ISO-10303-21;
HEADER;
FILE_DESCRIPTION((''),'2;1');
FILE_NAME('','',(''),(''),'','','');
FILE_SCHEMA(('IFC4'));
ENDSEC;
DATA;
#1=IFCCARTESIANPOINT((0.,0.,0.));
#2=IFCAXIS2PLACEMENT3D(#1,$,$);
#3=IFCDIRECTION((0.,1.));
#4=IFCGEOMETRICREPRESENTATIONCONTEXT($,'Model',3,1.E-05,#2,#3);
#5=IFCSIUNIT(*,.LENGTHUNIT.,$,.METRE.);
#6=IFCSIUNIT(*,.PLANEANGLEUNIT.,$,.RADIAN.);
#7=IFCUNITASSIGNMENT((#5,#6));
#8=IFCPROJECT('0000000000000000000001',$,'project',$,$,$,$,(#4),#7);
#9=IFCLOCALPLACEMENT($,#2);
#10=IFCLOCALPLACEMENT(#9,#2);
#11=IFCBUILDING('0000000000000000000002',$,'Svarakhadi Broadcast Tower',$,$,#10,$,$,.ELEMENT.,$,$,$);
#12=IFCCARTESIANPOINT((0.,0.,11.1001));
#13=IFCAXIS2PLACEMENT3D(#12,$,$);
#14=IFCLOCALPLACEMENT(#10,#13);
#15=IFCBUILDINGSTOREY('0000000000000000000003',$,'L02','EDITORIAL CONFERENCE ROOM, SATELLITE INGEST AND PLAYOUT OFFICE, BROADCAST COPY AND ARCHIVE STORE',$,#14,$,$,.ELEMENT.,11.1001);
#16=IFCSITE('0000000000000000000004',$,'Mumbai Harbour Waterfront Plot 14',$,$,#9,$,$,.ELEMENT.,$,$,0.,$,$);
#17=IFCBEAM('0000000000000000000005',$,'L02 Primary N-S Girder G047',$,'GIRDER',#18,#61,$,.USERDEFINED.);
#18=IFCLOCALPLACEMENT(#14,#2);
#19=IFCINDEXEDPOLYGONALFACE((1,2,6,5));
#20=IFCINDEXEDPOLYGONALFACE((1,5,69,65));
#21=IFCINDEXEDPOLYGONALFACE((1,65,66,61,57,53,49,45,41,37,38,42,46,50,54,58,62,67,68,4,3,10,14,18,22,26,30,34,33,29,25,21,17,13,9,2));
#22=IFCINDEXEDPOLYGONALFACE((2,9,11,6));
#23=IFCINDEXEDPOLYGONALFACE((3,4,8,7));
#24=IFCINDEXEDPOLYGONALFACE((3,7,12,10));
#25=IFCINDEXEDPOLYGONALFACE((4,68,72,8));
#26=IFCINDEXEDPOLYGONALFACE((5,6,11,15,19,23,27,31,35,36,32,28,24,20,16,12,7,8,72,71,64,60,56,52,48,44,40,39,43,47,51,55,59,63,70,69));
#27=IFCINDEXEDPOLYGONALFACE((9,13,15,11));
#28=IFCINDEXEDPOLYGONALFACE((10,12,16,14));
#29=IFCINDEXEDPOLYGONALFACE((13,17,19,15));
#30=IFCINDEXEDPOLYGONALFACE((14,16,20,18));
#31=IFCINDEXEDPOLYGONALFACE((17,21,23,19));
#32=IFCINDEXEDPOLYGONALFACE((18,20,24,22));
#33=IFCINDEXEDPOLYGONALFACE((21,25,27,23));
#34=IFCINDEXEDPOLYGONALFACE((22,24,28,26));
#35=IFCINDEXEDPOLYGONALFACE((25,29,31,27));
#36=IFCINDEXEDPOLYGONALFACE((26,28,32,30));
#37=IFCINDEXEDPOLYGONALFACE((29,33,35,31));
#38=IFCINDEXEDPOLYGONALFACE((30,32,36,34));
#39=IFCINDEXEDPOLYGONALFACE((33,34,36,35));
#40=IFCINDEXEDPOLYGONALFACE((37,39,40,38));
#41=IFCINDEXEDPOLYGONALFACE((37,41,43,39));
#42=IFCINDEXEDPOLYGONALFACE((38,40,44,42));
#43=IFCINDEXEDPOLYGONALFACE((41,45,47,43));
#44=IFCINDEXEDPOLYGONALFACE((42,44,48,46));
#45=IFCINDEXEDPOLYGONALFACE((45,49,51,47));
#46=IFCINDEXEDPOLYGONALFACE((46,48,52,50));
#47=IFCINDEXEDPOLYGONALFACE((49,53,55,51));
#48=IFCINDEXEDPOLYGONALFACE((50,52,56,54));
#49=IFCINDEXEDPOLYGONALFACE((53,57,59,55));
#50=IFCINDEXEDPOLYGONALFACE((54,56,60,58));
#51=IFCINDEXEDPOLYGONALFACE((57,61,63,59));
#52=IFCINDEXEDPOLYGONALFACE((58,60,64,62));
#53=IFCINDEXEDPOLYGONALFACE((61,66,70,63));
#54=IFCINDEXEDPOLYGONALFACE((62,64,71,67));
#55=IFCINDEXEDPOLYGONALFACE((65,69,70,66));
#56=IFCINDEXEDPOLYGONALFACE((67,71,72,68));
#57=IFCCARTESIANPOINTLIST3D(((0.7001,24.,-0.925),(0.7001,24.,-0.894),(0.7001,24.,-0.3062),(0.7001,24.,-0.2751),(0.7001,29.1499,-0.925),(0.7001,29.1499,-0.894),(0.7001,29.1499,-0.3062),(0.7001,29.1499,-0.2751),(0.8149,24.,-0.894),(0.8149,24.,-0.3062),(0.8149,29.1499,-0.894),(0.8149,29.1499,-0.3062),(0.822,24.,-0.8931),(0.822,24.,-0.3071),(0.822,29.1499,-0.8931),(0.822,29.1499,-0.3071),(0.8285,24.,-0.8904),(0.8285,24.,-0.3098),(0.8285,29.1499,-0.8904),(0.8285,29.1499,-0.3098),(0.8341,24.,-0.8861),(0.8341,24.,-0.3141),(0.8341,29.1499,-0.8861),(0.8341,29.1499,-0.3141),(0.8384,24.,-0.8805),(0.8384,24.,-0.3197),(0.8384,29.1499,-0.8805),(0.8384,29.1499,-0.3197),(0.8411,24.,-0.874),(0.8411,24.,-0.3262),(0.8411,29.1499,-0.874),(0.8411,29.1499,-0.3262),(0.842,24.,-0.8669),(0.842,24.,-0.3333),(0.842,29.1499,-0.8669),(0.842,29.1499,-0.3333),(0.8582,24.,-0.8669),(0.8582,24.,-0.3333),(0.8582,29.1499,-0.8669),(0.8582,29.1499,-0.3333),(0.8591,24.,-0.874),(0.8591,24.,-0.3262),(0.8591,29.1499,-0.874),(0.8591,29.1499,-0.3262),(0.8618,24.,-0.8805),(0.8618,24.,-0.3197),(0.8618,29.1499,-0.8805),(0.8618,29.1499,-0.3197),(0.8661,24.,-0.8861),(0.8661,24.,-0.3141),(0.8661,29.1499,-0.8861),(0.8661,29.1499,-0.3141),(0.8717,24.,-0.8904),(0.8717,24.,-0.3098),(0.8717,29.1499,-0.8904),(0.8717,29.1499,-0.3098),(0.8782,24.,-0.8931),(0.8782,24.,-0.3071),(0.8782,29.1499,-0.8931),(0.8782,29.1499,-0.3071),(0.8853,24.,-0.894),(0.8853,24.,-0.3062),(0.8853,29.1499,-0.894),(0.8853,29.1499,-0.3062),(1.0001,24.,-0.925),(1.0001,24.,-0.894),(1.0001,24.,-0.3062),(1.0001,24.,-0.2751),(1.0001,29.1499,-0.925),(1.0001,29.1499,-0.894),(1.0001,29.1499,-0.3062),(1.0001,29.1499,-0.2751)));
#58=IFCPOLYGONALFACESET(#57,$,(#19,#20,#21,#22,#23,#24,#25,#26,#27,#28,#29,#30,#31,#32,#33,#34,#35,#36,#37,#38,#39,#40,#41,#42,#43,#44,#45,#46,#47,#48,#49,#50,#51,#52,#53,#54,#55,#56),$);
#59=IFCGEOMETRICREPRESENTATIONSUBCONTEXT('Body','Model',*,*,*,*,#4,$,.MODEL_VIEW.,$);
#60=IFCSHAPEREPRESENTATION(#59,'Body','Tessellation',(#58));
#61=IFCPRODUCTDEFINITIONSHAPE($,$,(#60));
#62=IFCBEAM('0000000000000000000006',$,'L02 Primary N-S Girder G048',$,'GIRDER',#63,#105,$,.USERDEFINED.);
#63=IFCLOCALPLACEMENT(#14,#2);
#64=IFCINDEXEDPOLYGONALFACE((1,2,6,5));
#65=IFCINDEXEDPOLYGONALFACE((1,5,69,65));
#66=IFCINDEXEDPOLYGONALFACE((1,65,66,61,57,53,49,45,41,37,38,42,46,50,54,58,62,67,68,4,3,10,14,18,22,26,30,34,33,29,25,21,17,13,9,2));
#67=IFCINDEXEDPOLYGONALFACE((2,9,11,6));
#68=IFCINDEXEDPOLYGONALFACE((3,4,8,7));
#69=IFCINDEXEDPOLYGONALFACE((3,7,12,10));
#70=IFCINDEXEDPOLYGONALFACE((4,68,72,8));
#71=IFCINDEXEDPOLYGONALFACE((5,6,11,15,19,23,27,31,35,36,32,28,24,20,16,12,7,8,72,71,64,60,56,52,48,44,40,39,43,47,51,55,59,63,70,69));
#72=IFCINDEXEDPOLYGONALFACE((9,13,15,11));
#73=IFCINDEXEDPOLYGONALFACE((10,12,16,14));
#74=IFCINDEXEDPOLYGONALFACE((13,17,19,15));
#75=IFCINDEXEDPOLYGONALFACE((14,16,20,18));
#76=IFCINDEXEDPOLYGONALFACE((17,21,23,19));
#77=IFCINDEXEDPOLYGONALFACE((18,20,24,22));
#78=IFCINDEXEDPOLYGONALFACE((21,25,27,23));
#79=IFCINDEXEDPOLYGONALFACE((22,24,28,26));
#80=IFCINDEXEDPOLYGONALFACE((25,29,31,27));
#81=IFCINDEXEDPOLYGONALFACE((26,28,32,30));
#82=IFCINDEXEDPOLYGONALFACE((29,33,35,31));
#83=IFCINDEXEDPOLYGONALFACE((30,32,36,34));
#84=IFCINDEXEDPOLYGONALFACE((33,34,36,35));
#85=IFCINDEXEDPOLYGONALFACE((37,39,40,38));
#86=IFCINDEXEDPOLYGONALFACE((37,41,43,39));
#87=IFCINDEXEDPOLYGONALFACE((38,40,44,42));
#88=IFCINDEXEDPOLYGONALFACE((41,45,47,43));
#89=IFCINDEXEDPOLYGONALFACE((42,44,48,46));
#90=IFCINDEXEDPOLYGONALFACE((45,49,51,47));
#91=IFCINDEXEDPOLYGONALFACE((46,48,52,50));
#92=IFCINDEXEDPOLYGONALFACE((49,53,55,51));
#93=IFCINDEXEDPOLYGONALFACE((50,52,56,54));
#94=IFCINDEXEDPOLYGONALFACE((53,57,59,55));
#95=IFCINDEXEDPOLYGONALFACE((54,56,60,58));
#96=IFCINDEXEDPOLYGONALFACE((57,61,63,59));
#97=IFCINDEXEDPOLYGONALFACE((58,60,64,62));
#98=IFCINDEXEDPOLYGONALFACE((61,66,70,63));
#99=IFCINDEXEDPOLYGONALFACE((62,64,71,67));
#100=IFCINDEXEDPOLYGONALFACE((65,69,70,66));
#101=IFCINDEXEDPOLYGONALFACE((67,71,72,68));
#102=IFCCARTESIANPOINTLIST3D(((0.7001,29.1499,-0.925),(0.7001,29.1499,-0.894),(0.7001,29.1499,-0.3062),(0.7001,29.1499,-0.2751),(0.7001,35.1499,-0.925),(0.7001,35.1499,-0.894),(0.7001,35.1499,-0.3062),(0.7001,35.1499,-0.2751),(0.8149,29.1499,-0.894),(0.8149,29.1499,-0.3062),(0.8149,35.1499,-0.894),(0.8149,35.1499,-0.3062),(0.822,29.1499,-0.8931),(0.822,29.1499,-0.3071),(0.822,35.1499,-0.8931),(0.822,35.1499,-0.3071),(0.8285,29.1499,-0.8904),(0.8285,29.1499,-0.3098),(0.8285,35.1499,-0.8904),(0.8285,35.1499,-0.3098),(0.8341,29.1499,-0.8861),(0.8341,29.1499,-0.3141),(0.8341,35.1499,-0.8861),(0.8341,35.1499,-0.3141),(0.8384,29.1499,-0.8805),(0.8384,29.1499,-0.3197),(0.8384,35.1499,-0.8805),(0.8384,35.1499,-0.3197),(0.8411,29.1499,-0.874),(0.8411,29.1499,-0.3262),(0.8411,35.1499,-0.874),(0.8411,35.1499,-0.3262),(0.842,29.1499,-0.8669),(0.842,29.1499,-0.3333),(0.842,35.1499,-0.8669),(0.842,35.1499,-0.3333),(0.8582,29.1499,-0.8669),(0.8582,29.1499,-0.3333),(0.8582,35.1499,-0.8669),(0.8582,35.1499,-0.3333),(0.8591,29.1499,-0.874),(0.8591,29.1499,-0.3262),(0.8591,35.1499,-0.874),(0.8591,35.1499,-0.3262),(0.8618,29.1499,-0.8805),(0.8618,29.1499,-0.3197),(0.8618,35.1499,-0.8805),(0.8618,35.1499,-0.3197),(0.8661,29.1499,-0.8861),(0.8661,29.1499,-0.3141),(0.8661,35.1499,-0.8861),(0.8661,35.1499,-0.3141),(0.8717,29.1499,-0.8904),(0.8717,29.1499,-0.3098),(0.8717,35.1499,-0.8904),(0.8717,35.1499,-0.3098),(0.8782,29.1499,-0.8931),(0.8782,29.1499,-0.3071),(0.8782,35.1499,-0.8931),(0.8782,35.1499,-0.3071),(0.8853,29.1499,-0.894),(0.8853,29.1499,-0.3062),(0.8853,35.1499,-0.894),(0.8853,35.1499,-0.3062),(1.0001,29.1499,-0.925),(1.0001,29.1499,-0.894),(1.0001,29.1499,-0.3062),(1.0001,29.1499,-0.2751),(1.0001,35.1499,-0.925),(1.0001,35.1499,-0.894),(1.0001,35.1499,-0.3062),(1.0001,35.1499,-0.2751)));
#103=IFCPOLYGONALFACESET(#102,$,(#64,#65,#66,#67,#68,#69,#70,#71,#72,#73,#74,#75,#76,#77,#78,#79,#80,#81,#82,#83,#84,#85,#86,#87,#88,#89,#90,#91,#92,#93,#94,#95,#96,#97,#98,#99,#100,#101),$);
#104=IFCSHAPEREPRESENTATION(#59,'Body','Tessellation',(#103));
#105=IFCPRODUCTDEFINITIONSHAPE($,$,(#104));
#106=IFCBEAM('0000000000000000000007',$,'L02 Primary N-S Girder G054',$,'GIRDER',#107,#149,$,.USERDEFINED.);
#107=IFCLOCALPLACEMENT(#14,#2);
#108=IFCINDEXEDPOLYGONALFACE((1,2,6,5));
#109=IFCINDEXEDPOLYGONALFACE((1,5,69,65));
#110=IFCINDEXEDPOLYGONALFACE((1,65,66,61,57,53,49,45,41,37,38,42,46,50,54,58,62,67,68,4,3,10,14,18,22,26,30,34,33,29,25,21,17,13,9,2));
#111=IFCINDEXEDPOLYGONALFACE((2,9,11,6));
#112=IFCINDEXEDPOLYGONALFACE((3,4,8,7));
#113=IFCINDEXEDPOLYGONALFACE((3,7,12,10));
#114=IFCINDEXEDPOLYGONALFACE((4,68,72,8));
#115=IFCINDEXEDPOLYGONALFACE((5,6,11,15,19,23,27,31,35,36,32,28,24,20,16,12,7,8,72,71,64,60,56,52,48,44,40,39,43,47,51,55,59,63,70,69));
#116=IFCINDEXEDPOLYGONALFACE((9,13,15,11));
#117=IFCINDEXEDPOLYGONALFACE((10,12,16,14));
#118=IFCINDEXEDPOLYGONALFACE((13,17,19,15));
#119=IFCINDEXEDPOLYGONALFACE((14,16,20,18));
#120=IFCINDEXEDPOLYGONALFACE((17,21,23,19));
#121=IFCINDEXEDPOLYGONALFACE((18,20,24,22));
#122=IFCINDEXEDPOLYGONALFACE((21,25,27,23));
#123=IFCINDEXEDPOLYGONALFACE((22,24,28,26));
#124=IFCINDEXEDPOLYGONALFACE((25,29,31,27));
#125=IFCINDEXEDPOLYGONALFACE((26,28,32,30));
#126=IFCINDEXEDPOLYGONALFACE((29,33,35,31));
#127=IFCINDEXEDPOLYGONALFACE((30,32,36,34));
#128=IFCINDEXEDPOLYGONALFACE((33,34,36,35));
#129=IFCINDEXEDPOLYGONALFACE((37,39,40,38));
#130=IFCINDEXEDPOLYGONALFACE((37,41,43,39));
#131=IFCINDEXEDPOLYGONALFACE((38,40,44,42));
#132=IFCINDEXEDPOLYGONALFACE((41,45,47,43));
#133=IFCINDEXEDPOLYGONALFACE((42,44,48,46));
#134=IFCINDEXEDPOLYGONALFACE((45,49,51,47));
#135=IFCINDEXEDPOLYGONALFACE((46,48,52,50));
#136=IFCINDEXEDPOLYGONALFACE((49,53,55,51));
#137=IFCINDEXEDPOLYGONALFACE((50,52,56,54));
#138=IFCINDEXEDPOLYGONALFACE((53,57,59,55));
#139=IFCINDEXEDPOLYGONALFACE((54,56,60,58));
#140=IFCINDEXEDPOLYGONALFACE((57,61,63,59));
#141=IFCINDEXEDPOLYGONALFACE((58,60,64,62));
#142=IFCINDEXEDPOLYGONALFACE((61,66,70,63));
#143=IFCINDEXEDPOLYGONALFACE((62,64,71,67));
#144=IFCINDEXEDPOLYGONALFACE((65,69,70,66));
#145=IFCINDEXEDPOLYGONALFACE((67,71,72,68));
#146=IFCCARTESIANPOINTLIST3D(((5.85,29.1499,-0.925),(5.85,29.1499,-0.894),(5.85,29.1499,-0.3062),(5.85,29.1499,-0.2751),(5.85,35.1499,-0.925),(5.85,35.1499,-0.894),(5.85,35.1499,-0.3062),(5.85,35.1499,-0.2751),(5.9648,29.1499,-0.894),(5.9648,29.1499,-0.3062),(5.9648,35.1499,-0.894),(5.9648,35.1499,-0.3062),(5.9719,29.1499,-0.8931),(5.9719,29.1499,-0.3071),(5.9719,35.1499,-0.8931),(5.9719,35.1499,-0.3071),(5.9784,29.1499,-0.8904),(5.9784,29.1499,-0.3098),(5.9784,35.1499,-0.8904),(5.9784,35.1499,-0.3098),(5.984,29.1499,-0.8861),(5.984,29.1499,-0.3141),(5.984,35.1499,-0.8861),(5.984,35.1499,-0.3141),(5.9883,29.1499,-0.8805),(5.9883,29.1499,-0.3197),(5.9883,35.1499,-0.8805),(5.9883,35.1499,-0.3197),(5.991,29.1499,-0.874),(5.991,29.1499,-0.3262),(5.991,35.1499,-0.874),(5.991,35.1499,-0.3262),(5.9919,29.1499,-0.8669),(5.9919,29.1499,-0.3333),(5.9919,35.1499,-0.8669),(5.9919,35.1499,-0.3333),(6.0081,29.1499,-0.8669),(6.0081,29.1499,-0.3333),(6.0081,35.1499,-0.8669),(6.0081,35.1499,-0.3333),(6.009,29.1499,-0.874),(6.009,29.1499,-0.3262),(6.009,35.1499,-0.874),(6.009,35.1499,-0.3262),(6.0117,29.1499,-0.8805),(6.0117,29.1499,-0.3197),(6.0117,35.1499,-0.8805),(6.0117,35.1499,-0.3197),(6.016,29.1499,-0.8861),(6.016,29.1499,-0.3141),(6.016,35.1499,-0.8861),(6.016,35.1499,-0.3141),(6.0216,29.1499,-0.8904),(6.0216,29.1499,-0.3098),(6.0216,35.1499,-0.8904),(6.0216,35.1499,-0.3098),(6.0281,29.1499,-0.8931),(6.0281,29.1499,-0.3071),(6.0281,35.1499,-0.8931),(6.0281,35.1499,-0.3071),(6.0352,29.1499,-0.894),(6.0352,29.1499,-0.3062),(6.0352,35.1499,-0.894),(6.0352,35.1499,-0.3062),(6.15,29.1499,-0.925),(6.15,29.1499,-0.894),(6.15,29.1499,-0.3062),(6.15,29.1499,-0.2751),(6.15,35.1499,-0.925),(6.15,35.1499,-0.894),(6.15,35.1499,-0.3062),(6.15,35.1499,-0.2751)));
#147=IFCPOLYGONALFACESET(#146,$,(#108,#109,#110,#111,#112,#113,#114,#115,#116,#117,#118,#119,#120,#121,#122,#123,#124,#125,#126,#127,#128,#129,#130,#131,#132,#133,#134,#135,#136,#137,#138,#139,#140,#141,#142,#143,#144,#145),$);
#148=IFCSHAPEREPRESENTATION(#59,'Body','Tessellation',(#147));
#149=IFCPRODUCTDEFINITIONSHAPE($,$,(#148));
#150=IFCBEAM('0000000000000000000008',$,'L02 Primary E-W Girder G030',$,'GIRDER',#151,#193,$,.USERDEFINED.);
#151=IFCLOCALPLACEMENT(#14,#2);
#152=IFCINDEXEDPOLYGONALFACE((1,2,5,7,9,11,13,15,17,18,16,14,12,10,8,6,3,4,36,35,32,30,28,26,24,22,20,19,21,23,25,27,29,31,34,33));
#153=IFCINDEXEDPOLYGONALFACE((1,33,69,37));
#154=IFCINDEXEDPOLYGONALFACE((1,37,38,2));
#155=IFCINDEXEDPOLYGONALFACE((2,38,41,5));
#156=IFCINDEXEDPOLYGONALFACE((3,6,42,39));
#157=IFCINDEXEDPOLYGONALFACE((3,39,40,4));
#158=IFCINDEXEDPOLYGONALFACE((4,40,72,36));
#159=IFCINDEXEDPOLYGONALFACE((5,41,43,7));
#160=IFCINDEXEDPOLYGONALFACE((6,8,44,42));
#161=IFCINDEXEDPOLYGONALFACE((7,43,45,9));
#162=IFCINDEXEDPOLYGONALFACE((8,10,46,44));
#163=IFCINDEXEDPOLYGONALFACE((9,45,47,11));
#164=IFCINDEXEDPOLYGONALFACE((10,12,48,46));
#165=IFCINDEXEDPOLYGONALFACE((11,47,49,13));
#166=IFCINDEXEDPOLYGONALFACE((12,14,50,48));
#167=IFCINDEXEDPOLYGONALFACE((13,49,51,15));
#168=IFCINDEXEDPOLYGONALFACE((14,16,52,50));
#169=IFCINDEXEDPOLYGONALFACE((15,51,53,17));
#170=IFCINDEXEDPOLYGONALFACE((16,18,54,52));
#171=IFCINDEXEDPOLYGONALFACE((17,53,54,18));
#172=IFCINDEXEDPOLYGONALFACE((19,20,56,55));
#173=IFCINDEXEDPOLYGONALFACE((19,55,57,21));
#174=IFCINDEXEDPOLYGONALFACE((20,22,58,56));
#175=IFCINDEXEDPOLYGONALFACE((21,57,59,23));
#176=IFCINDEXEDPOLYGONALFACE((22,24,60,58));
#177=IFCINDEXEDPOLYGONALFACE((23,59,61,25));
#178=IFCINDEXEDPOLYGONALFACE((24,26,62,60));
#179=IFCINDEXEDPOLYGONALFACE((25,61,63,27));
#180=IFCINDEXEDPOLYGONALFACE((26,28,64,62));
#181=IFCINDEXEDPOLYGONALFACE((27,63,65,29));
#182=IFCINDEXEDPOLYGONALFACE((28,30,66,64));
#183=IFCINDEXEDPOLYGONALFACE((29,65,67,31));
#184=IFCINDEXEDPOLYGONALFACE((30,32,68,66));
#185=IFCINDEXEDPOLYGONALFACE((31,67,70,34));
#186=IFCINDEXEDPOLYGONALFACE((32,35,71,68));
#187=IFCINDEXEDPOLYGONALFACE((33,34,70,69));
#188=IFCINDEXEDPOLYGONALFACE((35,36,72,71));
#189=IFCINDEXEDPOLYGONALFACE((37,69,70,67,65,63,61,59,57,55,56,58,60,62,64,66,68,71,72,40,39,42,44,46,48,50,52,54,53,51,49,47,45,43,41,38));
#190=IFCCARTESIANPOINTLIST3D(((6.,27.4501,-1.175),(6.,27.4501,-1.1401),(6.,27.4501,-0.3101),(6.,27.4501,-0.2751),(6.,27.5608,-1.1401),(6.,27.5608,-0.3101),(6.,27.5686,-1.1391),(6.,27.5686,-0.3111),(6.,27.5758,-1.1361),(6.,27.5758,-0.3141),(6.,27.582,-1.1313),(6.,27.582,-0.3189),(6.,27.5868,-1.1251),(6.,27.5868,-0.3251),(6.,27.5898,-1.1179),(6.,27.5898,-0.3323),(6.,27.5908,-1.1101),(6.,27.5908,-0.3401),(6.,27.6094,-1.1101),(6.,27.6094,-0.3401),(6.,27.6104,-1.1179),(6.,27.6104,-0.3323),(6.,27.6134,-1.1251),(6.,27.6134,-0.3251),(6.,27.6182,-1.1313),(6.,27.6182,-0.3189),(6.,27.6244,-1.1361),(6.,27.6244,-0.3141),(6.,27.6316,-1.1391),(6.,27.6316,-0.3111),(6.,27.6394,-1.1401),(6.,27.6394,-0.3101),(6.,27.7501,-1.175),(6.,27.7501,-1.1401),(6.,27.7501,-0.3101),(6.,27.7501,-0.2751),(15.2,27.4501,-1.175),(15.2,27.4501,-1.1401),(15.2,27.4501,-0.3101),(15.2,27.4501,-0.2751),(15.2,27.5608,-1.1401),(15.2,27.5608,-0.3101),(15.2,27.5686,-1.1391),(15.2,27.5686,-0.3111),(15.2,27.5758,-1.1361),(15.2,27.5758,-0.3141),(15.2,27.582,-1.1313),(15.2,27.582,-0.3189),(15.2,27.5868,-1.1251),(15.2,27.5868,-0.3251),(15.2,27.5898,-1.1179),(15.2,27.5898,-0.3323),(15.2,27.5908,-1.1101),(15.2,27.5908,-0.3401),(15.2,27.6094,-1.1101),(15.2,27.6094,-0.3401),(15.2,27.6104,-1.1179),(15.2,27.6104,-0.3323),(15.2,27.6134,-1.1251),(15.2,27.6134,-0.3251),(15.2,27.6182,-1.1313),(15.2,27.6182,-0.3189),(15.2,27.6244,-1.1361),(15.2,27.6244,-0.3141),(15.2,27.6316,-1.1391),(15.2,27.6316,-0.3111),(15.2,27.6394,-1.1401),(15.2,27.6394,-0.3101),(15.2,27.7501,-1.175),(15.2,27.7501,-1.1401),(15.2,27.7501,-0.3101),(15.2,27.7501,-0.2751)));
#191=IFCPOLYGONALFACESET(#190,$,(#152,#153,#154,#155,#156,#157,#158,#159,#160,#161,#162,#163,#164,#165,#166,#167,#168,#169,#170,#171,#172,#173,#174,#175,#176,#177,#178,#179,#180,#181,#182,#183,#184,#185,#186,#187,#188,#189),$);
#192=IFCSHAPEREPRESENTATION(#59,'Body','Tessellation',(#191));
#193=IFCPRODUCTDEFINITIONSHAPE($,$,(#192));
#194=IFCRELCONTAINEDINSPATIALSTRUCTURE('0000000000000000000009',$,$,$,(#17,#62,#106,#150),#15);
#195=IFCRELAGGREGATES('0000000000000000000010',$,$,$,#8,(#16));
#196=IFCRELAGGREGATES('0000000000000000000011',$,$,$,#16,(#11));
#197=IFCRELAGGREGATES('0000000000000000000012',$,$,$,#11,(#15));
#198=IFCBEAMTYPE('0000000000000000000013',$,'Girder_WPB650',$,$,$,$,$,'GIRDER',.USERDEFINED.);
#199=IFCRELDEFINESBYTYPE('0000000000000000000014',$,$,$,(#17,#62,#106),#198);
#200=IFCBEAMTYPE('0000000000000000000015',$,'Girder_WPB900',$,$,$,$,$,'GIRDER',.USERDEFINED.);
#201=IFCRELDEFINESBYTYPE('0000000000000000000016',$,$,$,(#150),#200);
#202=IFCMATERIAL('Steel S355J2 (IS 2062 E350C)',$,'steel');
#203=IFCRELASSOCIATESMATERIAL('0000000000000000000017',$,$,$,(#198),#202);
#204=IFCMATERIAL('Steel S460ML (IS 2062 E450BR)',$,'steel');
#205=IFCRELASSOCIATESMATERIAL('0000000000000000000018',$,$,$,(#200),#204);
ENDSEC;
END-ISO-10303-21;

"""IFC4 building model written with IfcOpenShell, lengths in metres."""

from ifc_helpers import new_model, si_unit, direction, frame, origin, origin_2d, place, context, subcontext, project, spatial, i_section, extrude, material, material_profile, profile_set, type_object, element, save


model = new_model("IFC4")

# Units and contexts
model_context = context("Model", 3, precision=1e-05, world=origin(), true_north=direction((0.0, 1.0)))
body_context = subcontext(model_context, "Body", "Model", "MODEL_VIEW")
ifc_project = project(units=[si_unit("LENGTHUNIT", "METRE"), si_unit("PLANEANGLEUNIT", "RADIAN")], contexts=[model_context])

# Site, building, storey
site_placement = place(None, origin())
site = spatial("IfcSite", under=ifc_project, at=site_placement, Name="Mumbai Harbour Waterfront Plot 14", CompositionType="ELEMENT", RefElevation=0.0)
building_placement = place(site_placement, origin())
building = spatial("IfcBuilding", under=site, at=building_placement, Name="Svarakhadi Broadcast Tower", CompositionType="ELEMENT")
storey_placement = place(building_placement, frame((0.0, 0.0, 11.1001)))
storey = spatial("IfcBuildingStorey", under=building, at=storey_placement, Name="L02", Description="EDITORIAL CONFERENCE ROOM, SATELLITE INGEST AND PLAYOUT OFFICE, BROADCAST COPY AND ARCHIVE STORE", CompositionType="ELEMENT", Elevation=11.1001)

# Shared definitions
ifc_material_1 = material(Name="Steel S460ML (IS 2062 E450BR)", Category="steel")

# Shared definitions
ifc_material_2 = material(Name="Steel S355J2 (IS 2062 E350C)", Category="steel")

# Beams
ifc_material_profile_1 = material_profile(ifc_material_2, i_section(OverallWidth=0.3, OverallDepth=0.6499, WebThickness=0.0161, FlangeThickness=0.031, FilletRadius=0.0271, at=origin_2d()), Name="WPB 650x300x225")
ifc_profile_set_1 = profile_set([ifc_material_profile_1], Name="Steel S355J2 (IS 2062 E350C)")
beam_type_1 = type_object("IfcBeamType", Name="Girder_WPB650", ElementType="GIRDER", PredefinedType="USERDEFINED", material=ifc_profile_set_1)
for number, where, z_axis, x_axis, name in (
    (1, (0.8501, 24.0, -0.6001), (0.0, 1.0, 0.0), (-1.0, 0.0, 0.0), "L02 Primary N-S Girder G047"),
):
    element("IfcBeam", number, at=place(storey_placement, frame(where, z_axis=z_axis, x_axis=x_axis)), inside=storey, type_object=beam_type_1, Name=name, ObjectType="GIRDER", PredefinedType="USERDEFINED", context=body_context, shape_type="SweptSolid", body=[
        extrude(i_section(OverallWidth=0.3, OverallDepth=0.6499, WebThickness=0.0161, FlangeThickness=0.031, FilletRadius=0.0271, at=origin_2d()), origin(), (0.0, 0.0, 1.0), 5.1499),
    ])
for number, where, z_axis, x_axis, name in (
    (2, (0.8501, 29.1499, -0.6001), (0.0, 1.0, 0.0), (-1.0, 0.0, 0.0), "L02 Primary N-S Girder G048"),
    (3, (6.0, 29.1499, -0.6001), (0.0, 1.0, 0.0), (-1.0, 0.0, 0.0), "L02 Primary N-S Girder G054"),
):
    element("IfcBeam", number, at=place(storey_placement, frame(where, z_axis=z_axis, x_axis=x_axis)), inside=storey, type_object=beam_type_1, Name=name, ObjectType="GIRDER", PredefinedType="USERDEFINED", context=body_context, shape_type="SweptSolid", body=[
        extrude(i_section(OverallWidth=0.3, OverallDepth=0.6499, WebThickness=0.0161, FlangeThickness=0.031, FilletRadius=0.0271, at=origin_2d()), origin(), (0.0, 0.0, 1.0), 6.0),
    ])
ifc_material_profile_2 = material_profile(ifc_material_1, i_section(OverallWidth=0.3, OverallDepth=0.8999, WebThickness=0.0186, FlangeThickness=0.0349, FilletRadius=0.03, at=origin_2d()), Name="WPB 900x300x291")
ifc_profile_set_2 = profile_set([ifc_material_profile_2], Name="Steel S460ML (IS 2062 E450BR)")
beam_type_2 = type_object("IfcBeamType", Name="Girder_WPB900", ElementType="GIRDER", PredefinedType="USERDEFINED", material=ifc_profile_set_2)
beam_1_placement = place(storey_placement, frame((6.0, 27.6001, -0.7251), z_axis=(1.0, 0.0, 0.0), x_axis=(0.0, 1.0, 0.0)))
element("IfcBeam", 4, at=beam_1_placement, inside=storey, type_object=beam_type_2, Name="L02 Primary E-W Girder G030", ObjectType="GIRDER", PredefinedType="USERDEFINED", context=body_context, shape_type="SweptSolid", body=[
    extrude(i_section(OverallWidth=0.3, OverallDepth=0.8999, WebThickness=0.0186, FlangeThickness=0.0349, FilletRadius=0.03, at=origin_2d()), origin(), (0.0, 0.0, 1.0), 9.2),
])

save(model, "model.ifc")
